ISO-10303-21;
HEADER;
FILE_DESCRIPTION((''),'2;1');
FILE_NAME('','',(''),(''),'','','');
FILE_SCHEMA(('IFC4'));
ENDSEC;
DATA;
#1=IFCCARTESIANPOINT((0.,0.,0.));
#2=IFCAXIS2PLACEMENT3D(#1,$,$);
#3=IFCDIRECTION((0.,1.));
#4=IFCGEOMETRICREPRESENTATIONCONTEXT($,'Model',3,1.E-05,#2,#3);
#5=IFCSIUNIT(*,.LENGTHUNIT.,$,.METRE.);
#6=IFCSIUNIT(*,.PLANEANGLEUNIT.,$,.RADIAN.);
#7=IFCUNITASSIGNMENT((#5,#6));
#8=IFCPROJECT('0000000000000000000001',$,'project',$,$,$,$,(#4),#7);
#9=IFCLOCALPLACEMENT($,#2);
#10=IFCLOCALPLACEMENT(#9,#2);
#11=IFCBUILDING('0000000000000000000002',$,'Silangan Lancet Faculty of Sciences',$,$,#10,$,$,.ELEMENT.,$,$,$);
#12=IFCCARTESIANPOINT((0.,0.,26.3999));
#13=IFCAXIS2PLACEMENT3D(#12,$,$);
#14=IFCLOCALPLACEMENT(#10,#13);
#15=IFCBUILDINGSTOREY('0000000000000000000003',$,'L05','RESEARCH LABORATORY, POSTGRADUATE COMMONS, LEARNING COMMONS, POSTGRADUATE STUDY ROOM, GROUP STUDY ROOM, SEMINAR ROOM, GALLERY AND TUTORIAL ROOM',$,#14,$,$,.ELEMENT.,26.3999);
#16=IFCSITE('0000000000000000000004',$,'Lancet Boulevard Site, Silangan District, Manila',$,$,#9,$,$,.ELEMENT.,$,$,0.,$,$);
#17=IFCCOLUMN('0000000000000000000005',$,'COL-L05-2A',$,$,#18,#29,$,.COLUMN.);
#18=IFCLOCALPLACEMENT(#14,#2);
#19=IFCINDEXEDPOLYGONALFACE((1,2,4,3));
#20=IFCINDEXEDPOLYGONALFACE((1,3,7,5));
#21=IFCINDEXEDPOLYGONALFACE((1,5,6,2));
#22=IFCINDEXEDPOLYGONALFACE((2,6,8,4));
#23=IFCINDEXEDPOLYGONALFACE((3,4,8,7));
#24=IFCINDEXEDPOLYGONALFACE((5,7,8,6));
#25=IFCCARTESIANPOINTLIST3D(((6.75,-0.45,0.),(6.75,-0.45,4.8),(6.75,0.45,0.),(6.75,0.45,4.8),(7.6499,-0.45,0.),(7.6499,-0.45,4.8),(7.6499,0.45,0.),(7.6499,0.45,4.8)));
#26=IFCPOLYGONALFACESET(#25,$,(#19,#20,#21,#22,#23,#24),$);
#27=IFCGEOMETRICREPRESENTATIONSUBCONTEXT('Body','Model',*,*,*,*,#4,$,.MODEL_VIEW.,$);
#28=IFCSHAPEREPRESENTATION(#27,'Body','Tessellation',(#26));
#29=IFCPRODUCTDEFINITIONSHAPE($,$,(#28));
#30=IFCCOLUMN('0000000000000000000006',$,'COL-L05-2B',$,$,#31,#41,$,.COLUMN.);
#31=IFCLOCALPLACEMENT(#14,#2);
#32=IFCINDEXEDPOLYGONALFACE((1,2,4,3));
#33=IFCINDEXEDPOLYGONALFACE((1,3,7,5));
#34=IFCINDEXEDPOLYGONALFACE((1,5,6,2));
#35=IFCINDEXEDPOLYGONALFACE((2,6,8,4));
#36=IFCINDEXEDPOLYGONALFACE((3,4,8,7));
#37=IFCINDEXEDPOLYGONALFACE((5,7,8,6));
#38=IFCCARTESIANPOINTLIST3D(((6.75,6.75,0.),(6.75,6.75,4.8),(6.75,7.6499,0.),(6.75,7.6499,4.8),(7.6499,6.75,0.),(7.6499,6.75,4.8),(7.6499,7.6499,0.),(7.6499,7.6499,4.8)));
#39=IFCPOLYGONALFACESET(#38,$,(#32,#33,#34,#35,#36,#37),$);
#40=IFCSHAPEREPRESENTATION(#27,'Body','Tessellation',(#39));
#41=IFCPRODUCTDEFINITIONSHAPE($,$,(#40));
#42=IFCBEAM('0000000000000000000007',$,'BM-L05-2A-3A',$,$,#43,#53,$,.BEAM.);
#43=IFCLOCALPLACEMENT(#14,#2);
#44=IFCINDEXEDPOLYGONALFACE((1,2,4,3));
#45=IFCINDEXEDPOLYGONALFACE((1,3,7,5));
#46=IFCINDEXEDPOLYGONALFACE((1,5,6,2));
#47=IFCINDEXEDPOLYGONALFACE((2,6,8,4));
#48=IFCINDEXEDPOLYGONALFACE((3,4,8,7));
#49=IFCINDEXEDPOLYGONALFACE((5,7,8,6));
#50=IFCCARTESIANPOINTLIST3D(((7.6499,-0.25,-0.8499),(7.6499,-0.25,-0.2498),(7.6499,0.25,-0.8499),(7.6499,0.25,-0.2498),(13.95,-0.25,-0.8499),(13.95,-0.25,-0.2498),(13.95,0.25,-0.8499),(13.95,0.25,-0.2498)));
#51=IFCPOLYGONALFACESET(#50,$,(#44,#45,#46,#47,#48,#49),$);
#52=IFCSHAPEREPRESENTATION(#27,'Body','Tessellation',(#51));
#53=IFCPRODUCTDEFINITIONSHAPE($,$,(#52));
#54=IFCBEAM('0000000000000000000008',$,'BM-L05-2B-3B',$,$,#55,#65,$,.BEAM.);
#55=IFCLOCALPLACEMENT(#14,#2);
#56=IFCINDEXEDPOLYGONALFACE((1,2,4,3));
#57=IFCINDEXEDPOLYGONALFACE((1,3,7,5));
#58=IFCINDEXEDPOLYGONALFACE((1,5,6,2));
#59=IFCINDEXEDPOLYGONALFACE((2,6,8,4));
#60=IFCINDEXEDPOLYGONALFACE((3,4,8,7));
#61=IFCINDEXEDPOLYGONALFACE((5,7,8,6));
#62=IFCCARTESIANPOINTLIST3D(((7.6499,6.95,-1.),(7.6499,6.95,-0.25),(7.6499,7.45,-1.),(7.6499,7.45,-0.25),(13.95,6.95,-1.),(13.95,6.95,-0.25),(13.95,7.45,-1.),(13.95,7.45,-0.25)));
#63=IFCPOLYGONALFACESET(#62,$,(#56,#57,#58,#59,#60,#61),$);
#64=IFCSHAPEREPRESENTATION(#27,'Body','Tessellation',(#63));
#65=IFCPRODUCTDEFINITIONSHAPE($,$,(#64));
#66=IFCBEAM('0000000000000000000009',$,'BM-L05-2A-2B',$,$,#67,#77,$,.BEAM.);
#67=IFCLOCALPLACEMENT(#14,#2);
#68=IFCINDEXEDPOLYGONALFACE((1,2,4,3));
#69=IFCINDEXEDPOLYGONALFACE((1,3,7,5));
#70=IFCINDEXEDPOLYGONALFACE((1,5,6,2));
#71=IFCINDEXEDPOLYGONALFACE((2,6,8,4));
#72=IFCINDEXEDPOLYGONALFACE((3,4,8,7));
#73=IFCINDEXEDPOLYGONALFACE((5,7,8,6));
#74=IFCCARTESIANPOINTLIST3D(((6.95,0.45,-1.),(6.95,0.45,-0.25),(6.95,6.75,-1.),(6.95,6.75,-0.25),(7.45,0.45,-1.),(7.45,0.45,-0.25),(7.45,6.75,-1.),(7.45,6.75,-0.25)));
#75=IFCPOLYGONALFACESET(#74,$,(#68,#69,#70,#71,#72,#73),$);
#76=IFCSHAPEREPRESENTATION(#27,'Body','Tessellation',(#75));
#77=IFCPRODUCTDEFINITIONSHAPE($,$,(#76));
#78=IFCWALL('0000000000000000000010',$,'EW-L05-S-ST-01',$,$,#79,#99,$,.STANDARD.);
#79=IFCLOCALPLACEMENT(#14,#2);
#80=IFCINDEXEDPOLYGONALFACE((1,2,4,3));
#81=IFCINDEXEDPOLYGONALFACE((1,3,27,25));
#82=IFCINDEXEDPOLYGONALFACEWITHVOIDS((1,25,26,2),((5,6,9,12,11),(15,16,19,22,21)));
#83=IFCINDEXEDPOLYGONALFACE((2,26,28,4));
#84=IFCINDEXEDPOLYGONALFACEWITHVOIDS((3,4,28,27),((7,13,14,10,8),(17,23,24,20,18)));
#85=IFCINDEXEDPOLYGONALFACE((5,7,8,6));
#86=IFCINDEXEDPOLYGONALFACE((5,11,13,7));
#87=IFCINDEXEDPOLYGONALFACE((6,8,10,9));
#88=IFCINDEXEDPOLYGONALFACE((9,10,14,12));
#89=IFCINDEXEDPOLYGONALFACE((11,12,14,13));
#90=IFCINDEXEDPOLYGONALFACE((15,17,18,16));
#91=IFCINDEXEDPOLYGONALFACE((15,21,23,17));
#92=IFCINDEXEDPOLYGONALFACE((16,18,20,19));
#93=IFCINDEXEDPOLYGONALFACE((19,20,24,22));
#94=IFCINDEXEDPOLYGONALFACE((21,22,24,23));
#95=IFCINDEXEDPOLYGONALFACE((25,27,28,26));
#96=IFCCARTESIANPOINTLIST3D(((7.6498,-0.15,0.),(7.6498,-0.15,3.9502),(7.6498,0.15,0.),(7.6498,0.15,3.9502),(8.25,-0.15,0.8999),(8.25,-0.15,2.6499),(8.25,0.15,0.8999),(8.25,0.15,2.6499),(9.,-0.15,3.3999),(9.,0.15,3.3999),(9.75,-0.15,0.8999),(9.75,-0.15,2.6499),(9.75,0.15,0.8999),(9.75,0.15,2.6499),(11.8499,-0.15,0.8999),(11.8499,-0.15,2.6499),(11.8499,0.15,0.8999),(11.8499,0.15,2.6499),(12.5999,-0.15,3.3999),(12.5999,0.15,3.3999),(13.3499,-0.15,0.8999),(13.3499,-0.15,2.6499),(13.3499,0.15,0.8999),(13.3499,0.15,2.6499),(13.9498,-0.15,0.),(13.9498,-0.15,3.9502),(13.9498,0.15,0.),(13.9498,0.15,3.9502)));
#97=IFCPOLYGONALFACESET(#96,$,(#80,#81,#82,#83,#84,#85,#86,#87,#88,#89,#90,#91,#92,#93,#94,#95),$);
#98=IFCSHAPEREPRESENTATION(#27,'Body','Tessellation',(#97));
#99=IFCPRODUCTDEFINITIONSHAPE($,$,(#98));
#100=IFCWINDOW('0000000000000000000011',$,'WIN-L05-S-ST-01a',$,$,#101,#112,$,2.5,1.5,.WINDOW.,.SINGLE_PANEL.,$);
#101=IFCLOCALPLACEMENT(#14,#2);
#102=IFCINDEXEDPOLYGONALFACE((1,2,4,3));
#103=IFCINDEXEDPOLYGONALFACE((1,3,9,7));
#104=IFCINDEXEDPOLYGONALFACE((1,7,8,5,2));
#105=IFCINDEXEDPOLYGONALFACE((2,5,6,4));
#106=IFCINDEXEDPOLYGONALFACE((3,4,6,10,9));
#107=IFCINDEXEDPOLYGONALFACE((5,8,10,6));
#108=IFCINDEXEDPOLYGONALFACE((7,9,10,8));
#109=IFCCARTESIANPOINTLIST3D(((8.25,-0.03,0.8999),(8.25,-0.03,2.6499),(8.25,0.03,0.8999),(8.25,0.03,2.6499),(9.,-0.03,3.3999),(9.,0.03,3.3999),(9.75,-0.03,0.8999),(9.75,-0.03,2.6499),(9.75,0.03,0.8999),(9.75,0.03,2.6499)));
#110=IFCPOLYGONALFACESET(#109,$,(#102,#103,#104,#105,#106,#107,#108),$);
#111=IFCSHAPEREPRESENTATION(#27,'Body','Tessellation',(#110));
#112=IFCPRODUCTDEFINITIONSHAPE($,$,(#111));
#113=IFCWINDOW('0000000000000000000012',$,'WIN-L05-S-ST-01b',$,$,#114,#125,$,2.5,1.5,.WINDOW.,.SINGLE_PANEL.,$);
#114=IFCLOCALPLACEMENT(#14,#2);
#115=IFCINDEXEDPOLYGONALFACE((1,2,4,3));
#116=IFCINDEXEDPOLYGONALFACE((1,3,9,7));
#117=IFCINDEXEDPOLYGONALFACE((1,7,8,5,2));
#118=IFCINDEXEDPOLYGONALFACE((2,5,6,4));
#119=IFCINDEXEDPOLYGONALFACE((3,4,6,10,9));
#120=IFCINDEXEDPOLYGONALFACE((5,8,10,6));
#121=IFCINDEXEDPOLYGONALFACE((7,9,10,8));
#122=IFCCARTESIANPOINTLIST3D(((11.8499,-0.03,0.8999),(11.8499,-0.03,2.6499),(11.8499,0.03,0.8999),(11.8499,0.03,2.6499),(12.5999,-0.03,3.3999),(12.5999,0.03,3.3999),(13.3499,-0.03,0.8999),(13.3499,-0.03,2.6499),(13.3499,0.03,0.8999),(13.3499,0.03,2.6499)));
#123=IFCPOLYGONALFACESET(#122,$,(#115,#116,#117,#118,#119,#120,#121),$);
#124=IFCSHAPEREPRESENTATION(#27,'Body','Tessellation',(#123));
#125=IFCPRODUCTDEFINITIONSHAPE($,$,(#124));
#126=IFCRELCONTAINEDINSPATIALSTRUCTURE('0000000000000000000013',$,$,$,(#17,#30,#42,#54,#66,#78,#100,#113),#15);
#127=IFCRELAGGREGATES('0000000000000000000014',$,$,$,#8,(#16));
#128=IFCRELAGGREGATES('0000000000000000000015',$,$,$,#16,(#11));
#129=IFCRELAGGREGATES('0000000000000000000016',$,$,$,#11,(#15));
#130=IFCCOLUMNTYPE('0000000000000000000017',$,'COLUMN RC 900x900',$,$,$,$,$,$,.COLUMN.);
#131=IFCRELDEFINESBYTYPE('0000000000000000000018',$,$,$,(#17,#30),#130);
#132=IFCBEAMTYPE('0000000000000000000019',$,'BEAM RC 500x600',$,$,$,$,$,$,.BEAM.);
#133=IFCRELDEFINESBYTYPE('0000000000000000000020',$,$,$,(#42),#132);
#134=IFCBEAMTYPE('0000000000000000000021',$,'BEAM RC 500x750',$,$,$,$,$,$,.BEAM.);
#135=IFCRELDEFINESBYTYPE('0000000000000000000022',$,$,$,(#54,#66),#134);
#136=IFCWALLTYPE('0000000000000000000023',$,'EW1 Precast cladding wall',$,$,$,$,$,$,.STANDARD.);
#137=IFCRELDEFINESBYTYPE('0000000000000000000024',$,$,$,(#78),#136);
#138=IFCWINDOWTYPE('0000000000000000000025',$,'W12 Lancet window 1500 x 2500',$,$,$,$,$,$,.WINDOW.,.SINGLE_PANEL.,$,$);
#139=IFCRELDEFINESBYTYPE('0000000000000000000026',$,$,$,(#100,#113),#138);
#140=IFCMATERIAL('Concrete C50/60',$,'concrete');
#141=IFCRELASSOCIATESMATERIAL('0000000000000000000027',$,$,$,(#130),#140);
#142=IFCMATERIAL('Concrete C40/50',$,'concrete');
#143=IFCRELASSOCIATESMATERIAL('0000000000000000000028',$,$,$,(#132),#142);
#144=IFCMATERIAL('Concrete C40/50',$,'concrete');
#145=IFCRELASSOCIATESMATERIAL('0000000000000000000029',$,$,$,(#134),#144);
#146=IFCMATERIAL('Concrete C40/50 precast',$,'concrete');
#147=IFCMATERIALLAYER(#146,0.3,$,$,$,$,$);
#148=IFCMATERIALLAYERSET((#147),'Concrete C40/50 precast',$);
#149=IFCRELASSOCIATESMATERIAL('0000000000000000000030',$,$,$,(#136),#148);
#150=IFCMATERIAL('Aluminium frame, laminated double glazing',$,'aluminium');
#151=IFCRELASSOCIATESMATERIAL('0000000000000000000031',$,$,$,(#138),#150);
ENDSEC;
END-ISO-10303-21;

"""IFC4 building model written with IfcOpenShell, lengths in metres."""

from ifc_helpers import new_model, si_unit, direction, frame, frame_2d, origin, origin_2d, place, context, subcontext, project, spatial, polyline, rectangle, outline, extrude, material, layer, layer_set, material_profile, profile_set, type_object, element, fill, save


model = new_model("IFC4")

# Units and contexts
model_context = context("Model", 3, precision=1e-05, world=origin(), true_north=direction((0.0, 1.0)))
body_context = subcontext(model_context, "Body", "Model", "MODEL_VIEW")
ifc_project = project(units=[si_unit("LENGTHUNIT", "METRE"), si_unit("PLANEANGLEUNIT", "RADIAN")], contexts=[model_context])

# Site, building, storey
site_placement = place(None, origin())
site = spatial("IfcSite", under=ifc_project, at=site_placement, Name="Lancet Boulevard Site, Silangan District, Manila", CompositionType="ELEMENT", RefElevation=0.0)
building_placement = place(site_placement, origin())
building = spatial("IfcBuilding", under=site, at=building_placement, Name="Silangan Lancet Faculty of Sciences", CompositionType="ELEMENT")
storey_placement = place(building_placement, frame((0.0, 0.0, 26.3999)))
storey = spatial("IfcBuildingStorey", under=building, at=storey_placement, Name="L05", Description="RESEARCH LABORATORY, POSTGRADUATE COMMONS, LEARNING COMMONS, POSTGRADUATE STUDY ROOM, GROUP STUDY ROOM, SEMINAR ROOM, GALLERY AND TUTORIAL ROOM", CompositionType="ELEMENT", Elevation=26.3999)

# Columns
ifc_material_1 = material(Name="Concrete C50/60", Category="concrete")
ifc_material_profile_1 = material_profile(ifc_material_1, rectangle(XDim=0.8999, YDim=0.8999, at=origin_2d()), Name="RC 900x900")
ifc_profile_set_1 = profile_set([ifc_material_profile_1], Name="Concrete C50/60")
column_type = type_object("IfcColumnType", Name="COLUMN RC 900x900", PredefinedType="COLUMN", material=ifc_profile_set_1)
for number, where, z_axis, x_axis, name in (
    (1, (7.2, 0.0, 0.0), (0.0, 0.0, 1.0), (1.0, 0.0, 0.0), "COL-L05-2A"),
    (2, (7.2, 7.2, 0.0), (0.0, 0.0, 1.0), (1.0, 0.0, 0.0), "COL-L05-2B"),
):
    element("IfcColumn", number, at=place(storey_placement, frame(where, z_axis=z_axis, x_axis=x_axis)), inside=storey, type_object=column_type, Name=name, PredefinedType="COLUMN", context=body_context, shape_type="SweptSolid", body=[
        extrude(rectangle(XDim=0.8999, YDim=0.8999, at=origin_2d()), origin(), (0.0, 0.0, 1.0), 4.8),
    ])

# Beams
ifc_material_2 = material(Name="Concrete C40/50", Category="concrete")
ifc_material_profile_2 = material_profile(ifc_material_2, rectangle(XDim=0.5, YDim=0.6001, at=origin_2d()), Name="RC 500x600")
ifc_profile_set_2 = profile_set([ifc_material_profile_2], Name="Concrete C40/50")
beam_type_1 = type_object("IfcBeamType", Name="BEAM RC 500x600", PredefinedType="BEAM", material=ifc_profile_set_2)
beam_placement = place(storey_placement, frame((7.6499, 0.0, -0.5498), z_axis=(1.0, 0.0, 0.0), x_axis=(0.0, 1.0, 0.0)))
element("IfcBeam", 3, at=beam_placement, inside=storey, type_object=beam_type_1, Name="BM-L05-2A-3A", PredefinedType="BEAM", context=body_context, shape_type="SweptSolid", body=[
    extrude(rectangle(XDim=0.5, YDim=0.6001, at=origin_2d()), origin(), (0.0, 0.0, 1.0), 6.3),
])
ifc_material_3 = material(Name="Concrete C40/50", Category="concrete")
ifc_material_profile_3 = material_profile(ifc_material_3, rectangle(XDim=0.5, YDim=0.75, at=origin_2d()), Name="RC 500x750")
ifc_profile_set_3 = profile_set([ifc_material_profile_3], Name="Concrete C40/50")
beam_type_2 = type_object("IfcBeamType", Name="BEAM RC 500x750", PredefinedType="BEAM", material=ifc_profile_set_3)
for number, where, z_axis, x_axis, name in (
    (4, (7.6499, 7.2, -0.625), (1.0, 0.0, 0.0), (0.0, 1.0, 0.0), "BM-L05-2B-3B"),
    (5, (7.2, 0.45, -0.625), (0.0, 1.0, 0.0), (-1.0, 0.0, 0.0), "BM-L05-2A-2B"),
):
    element("IfcBeam", number, at=place(storey_placement, frame(where, z_axis=z_axis, x_axis=x_axis)), inside=storey, type_object=beam_type_2, Name=name, PredefinedType="BEAM", context=body_context, shape_type="SweptSolid", body=[
        extrude(rectangle(XDim=0.5, YDim=0.75, at=origin_2d()), origin(), (0.0, 0.0, 1.0), 6.3),
    ])

# Wall, openings, windows
ifc_material_4 = material(Name="Concrete C40/50 precast", Category="concrete")
ifc_layer_1 = layer(ifc_material_4, 0.3)
ifc_layer_set_1 = layer_set([ifc_layer_1], Name="Concrete C40/50 precast")
wall_type_1 = type_object("IfcWallType", Name="EW1 Precast cladding wall", PredefinedType="STANDARD", material=ifc_layer_set_1)
wall_1_placement = place(storey_placement, frame((7.6499, 0.0, 0.0), z_axis=(0.0, 0.0, 1.0), x_axis=(1.0, 0.0, 0.0)))
wall_1 = element("IfcWall", 6, at=wall_1_placement, inside=storey, type_object=wall_type_1, Name="EW-L05-S-ST-01", PredefinedType="STANDARD", context=body_context, shape_type="SweptSolid", body=[
    extrude(rectangle(XDim=6.3, YDim=0.3, at=frame_2d((3.1499, 0.0))), origin(), (0.0, 0.0, 1.0), 3.9502),
])
opening_1_placement = place(wall_1_placement, frame((0.6001, 0.0, 0.8999)))
opening_1 = element("IfcOpeningElement", 7, at=opening_1_placement, cuts=wall_1, PredefinedType="OPENING", context=body_context, shape_type="SweptSolid", body=[
    extrude(outline(polyline([(0.0, 0.0), (1.5, 0.0), (1.5, 1.75), (0.75, 2.5), (0.0, 1.75), (0.0, 0.0)])), frame((0.0, 0.1599, 0.0), z_axis=(0.0, -1.0, 0.0), x_axis=(1.0, 0.0, 0.0)), (0.0, 0.0, 1.0), 0.3201),
])
opening_2_placement = place(wall_1_placement, frame((4.2, 0.0, 0.8999)))
opening_2 = element("IfcOpeningElement", 8, at=opening_2_placement, cuts=wall_1, PredefinedType="OPENING", context=body_context, shape_type="SweptSolid", body=[
    extrude(outline(polyline([(0.0, 0.0), (1.5, 0.0), (1.5, 1.75), (0.75, 2.5), (0.0, 1.75), (0.0, 0.0)])), frame((0.0, 0.1599, 0.0), z_axis=(0.0, -1.0, 0.0), x_axis=(1.0, 0.0, 0.0)), (0.0, 0.0, 1.0), 0.3201),
])
ifc_material_5 = material(Name="Aluminium frame, laminated double glazing", Category="aluminium")
window_type = type_object("IfcWindowType", Name="W12 Lancet window 1500 x 2500", PartitioningType="SINGLE_PANEL", PredefinedType="WINDOW", material=ifc_material_5)
window_1_placement = place(opening_1_placement, origin())
window_1 = element("IfcWindow", 9, at=window_1_placement, inside=storey, type_object=window_type, Name="WIN-L05-S-ST-01a", OverallHeight=2.5, OverallWidth=1.5, PartitioningType="SINGLE_PANEL", PredefinedType="WINDOW", context=body_context, shape_type="SweptSolid", body=[
    extrude(outline(polyline([(0.0, 0.0), (1.5, 0.0), (1.5, 1.75), (0.75, 2.5), (0.0, 1.75), (0.0, 0.0)])), frame((0.0, 0.03, 0.0), z_axis=(0.0, -1.0, 0.0), x_axis=(1.0, 0.0, 0.0)), (0.0, 0.0, 1.0), 0.0601),
])
fill(opening_1, window_1)
window_2_placement = place(opening_2_placement, origin())
window_2 = element("IfcWindow", 10, at=window_2_placement, inside=storey, type_object=window_type, Name="WIN-L05-S-ST-01b", OverallHeight=2.5, OverallWidth=1.5, PartitioningType="SINGLE_PANEL", PredefinedType="WINDOW", context=body_context, shape_type="SweptSolid", body=[
    extrude(outline(polyline([(0.0, 0.0), (1.5, 0.0), (1.5, 1.75), (0.75, 2.5), (0.0, 1.75), (0.0, 0.0)])), frame((0.0, 0.03, 0.0), z_axis=(0.0, -1.0, 0.0), x_axis=(1.0, 0.0, 0.0)), (0.0, 0.0, 1.0), 0.0601),
])
fill(opening_2, window_2)

save(model, "model.ifc")
